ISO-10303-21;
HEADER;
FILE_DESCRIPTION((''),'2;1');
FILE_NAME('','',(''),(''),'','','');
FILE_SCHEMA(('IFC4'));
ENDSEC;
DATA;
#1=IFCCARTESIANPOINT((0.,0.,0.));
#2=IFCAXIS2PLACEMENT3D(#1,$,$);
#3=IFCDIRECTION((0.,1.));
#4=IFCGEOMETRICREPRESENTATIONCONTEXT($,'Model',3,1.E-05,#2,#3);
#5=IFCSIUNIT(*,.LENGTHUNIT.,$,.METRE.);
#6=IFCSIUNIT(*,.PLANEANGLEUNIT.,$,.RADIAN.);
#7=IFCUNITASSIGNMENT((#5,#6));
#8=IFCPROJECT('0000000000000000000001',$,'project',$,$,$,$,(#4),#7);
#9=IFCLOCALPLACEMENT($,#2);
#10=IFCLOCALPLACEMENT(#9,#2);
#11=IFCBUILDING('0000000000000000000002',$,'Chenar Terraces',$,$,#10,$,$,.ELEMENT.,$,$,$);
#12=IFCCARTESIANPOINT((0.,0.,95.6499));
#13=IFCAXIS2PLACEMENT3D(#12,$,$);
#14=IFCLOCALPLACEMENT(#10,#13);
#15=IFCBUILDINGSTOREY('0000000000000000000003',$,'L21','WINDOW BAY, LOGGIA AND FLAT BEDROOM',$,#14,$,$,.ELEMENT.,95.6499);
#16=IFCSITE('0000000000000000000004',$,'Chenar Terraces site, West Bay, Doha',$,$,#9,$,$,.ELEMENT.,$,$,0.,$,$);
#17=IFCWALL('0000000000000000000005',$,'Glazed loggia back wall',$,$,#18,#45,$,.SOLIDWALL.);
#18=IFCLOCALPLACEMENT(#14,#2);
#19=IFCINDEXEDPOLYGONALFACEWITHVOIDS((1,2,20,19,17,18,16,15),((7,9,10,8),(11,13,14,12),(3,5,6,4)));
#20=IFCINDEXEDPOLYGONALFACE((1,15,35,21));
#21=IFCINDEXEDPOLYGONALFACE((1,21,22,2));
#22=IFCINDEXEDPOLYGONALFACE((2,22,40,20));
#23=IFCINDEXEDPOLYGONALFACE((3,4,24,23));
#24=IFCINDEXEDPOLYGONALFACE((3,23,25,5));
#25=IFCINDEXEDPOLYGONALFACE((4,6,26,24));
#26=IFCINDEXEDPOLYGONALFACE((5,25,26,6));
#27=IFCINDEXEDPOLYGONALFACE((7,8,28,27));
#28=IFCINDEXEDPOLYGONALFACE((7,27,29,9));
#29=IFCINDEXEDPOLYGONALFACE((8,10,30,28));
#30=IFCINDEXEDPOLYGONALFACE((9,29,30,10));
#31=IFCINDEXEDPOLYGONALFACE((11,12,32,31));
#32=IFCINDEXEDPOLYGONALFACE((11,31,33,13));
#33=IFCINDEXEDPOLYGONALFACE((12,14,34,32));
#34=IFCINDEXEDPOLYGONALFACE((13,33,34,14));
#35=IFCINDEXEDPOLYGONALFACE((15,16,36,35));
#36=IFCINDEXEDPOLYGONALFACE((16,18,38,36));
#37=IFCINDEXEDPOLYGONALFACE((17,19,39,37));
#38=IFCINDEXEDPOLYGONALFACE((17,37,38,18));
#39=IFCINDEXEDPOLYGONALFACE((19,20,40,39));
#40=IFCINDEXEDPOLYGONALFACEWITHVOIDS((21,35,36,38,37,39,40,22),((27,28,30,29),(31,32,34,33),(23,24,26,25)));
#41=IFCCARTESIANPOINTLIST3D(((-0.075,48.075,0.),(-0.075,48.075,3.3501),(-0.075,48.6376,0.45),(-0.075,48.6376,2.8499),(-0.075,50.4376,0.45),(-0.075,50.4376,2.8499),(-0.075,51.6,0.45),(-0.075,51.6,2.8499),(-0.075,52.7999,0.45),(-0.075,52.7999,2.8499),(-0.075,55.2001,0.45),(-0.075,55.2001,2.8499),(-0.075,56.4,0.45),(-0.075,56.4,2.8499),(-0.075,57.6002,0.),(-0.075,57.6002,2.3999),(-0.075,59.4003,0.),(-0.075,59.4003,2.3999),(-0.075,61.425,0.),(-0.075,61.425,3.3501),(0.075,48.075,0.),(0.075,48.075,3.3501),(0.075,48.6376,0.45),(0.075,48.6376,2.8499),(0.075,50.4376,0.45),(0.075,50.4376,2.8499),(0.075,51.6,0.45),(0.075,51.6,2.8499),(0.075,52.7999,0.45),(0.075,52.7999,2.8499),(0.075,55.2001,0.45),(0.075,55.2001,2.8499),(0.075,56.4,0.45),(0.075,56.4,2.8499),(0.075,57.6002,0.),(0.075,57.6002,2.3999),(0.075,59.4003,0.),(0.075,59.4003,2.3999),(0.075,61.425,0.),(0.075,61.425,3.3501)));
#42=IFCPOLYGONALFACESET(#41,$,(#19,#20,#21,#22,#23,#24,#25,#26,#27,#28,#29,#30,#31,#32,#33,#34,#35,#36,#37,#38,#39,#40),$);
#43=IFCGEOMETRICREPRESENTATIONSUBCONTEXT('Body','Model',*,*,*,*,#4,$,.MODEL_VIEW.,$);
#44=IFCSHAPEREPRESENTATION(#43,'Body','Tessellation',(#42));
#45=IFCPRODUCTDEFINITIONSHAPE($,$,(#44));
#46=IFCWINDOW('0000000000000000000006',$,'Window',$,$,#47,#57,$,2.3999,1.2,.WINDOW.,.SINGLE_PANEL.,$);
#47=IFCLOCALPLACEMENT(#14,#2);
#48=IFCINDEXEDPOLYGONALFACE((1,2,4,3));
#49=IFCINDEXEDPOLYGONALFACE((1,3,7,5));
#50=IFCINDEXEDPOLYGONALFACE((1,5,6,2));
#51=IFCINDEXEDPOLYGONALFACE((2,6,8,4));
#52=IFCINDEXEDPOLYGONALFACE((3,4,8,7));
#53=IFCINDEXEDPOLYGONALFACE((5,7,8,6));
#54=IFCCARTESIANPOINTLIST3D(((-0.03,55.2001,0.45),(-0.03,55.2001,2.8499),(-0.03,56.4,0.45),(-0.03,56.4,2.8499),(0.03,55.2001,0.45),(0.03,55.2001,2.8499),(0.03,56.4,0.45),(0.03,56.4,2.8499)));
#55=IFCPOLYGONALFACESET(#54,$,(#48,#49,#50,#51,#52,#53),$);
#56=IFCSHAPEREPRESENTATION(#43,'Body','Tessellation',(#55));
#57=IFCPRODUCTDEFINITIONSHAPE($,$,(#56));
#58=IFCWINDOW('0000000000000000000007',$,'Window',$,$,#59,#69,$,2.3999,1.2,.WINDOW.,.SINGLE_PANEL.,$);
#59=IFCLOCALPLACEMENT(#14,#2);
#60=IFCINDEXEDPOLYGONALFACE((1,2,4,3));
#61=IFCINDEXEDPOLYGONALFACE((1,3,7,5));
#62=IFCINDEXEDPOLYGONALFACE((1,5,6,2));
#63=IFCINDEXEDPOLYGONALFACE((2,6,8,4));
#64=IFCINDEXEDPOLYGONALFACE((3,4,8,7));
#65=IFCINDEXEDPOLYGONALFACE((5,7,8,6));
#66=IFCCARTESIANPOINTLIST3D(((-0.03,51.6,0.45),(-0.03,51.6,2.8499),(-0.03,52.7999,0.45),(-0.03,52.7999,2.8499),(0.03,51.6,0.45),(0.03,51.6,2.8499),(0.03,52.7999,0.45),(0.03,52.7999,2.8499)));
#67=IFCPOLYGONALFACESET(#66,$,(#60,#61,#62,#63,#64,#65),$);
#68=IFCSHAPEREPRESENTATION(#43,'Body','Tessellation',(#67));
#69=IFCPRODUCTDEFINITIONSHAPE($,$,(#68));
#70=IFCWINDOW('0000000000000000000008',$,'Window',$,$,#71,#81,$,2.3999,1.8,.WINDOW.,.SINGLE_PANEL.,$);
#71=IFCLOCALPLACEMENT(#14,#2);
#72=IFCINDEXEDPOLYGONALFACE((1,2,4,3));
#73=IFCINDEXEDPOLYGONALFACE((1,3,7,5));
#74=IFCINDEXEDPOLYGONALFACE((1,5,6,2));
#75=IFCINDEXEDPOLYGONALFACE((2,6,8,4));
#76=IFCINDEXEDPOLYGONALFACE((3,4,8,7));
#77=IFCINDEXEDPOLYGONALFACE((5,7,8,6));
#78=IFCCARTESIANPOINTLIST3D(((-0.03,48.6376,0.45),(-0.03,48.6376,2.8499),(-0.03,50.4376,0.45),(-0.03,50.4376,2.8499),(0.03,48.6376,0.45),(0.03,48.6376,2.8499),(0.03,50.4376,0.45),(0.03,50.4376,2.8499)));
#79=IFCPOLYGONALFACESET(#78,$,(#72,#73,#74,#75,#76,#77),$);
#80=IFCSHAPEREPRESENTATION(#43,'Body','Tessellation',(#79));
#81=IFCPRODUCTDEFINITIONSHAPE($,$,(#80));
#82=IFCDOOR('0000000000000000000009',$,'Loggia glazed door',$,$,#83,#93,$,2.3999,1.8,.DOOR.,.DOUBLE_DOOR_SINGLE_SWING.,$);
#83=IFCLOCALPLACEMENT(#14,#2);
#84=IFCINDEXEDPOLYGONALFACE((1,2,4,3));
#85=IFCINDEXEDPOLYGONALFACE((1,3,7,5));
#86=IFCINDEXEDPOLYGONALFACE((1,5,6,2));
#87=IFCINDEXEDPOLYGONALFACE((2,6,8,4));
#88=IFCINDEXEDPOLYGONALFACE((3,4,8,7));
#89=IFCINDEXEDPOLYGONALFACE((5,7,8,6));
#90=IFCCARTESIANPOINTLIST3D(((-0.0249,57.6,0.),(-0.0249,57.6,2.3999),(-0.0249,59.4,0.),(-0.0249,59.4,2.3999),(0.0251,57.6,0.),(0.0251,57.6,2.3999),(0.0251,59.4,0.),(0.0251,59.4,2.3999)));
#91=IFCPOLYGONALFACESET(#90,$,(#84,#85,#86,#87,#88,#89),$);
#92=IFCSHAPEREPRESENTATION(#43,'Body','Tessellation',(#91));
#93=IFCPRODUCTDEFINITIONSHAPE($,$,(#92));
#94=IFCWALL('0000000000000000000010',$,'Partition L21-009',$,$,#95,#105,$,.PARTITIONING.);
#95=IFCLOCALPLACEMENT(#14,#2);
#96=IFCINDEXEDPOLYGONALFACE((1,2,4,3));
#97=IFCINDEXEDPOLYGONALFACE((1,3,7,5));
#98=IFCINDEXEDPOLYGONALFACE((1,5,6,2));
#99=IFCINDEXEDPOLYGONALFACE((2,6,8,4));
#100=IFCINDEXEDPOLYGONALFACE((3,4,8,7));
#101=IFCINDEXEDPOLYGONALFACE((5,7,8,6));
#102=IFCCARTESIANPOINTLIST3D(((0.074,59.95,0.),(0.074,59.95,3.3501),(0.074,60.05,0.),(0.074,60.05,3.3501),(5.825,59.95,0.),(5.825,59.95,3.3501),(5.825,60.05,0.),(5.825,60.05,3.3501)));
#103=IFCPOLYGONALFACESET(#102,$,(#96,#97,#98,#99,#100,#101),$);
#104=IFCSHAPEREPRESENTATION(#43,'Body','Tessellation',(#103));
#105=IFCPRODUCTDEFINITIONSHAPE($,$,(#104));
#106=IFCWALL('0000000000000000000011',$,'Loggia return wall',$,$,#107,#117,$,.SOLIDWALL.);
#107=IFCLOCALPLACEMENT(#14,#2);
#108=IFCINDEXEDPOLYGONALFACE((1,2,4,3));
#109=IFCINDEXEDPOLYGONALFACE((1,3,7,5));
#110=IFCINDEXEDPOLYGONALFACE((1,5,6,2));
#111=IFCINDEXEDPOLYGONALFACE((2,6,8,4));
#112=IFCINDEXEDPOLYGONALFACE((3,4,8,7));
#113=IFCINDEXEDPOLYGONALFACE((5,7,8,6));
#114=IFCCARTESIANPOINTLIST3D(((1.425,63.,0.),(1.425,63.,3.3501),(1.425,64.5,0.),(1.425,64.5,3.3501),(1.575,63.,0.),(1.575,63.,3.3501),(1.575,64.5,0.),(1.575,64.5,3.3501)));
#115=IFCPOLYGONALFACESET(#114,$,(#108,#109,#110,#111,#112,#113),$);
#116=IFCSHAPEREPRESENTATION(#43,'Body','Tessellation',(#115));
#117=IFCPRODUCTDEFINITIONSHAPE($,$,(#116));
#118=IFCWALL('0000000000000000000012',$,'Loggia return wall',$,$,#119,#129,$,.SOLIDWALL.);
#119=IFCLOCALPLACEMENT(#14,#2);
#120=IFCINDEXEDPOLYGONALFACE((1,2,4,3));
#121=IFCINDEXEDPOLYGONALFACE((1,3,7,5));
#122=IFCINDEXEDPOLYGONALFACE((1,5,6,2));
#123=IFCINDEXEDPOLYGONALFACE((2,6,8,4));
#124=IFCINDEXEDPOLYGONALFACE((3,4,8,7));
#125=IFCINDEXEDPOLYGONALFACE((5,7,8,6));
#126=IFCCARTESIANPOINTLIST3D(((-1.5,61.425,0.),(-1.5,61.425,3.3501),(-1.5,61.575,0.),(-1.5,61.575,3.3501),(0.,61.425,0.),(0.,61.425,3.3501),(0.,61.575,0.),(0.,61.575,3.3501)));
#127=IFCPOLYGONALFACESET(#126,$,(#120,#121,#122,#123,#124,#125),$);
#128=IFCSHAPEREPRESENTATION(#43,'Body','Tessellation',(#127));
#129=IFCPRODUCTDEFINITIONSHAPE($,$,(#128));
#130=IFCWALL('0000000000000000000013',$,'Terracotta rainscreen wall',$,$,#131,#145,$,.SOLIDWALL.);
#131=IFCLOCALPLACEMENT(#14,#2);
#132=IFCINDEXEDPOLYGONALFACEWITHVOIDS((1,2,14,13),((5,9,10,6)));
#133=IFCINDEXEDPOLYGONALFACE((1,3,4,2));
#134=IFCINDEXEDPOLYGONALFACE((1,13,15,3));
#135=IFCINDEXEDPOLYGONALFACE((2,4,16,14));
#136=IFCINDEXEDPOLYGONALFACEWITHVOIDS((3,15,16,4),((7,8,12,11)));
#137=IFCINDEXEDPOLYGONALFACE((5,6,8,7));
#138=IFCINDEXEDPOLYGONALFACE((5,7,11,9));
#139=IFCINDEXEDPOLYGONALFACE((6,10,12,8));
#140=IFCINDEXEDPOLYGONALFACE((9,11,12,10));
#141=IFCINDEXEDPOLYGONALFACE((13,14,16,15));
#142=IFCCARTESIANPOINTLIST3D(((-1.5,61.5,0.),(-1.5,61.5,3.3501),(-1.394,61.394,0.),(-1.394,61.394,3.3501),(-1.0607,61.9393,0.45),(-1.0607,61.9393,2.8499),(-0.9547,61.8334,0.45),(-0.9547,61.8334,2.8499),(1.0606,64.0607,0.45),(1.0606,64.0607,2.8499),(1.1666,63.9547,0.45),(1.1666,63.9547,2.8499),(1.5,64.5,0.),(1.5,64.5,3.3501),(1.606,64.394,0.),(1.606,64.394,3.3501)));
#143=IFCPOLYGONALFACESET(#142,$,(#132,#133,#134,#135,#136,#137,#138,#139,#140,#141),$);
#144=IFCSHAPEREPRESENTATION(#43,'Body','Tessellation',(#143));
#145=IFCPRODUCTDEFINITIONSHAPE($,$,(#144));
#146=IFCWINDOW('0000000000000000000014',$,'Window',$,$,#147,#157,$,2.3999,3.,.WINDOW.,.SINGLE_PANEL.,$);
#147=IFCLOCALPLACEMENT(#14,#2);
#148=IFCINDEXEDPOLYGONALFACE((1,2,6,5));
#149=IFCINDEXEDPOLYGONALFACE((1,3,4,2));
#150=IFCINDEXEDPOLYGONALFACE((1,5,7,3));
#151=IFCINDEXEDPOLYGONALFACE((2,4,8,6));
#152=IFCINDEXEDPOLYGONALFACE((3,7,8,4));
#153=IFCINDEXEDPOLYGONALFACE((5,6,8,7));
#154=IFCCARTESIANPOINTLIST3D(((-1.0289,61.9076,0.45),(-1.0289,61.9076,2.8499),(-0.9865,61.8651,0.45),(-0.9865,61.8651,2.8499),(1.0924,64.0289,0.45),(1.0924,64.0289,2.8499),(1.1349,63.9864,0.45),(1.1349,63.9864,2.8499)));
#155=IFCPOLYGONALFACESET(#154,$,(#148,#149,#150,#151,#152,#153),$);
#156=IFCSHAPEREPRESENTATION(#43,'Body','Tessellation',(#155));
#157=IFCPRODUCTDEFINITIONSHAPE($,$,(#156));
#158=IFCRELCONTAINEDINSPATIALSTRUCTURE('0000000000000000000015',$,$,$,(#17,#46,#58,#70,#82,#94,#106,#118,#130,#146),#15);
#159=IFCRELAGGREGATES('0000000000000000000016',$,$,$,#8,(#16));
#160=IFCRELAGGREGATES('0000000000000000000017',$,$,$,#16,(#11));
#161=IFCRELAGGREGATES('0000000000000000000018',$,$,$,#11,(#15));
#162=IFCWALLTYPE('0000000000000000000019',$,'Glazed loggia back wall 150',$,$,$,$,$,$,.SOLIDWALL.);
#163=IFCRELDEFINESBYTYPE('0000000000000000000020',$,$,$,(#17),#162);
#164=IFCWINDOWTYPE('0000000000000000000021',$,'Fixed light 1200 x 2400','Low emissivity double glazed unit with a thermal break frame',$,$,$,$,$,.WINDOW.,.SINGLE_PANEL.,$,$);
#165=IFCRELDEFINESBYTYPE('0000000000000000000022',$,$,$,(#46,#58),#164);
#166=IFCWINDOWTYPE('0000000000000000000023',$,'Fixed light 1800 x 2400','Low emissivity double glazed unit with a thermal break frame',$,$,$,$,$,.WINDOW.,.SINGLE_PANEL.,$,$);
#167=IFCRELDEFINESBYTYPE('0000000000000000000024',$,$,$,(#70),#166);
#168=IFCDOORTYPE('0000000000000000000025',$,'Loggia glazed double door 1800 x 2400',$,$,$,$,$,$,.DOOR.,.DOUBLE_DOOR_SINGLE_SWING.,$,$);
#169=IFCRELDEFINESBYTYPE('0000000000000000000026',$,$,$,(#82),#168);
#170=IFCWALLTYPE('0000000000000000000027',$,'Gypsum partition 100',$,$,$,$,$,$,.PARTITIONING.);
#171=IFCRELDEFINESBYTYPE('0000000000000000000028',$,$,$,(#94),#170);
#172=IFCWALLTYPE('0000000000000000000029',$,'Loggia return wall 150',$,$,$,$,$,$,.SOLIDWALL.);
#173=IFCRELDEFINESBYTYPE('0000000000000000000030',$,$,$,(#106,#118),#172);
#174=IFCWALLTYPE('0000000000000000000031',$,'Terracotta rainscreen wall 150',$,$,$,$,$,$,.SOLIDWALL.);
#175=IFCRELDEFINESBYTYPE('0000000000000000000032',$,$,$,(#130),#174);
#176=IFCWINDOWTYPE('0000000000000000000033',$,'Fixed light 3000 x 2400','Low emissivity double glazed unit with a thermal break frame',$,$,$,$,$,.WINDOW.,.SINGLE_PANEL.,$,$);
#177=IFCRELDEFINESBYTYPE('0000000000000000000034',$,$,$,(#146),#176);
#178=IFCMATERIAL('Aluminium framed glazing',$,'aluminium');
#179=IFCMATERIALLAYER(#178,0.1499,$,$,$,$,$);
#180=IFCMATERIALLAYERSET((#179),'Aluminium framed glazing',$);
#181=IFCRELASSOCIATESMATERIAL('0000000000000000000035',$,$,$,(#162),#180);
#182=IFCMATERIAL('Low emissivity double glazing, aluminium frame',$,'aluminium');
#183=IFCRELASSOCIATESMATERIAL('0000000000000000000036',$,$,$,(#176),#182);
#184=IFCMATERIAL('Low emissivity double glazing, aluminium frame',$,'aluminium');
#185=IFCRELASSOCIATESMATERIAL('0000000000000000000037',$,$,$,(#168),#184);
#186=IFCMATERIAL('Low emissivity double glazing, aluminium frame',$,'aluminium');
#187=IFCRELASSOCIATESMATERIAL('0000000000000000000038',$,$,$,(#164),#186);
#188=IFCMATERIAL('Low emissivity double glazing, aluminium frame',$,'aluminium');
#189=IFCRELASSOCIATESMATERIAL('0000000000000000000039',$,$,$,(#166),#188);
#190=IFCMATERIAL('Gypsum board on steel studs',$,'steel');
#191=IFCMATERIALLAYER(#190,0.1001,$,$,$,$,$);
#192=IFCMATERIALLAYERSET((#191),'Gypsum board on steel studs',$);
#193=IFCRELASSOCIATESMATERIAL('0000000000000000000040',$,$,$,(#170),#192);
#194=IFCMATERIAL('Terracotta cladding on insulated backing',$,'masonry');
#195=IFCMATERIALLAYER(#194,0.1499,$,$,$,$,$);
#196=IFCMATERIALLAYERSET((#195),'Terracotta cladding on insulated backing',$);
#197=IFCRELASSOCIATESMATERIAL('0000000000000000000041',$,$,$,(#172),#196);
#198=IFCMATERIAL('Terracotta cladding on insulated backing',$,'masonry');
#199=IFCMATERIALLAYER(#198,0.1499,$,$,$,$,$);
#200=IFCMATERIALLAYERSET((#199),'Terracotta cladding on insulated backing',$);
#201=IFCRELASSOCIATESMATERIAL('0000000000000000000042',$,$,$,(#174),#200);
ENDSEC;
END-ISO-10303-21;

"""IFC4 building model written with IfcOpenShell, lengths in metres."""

from ifc_helpers import new_model, si_unit, direction, frame, frame_2d, origin, place, context, subcontext, project, spatial, rectangle, extrude, material, layer, layer_set, type_object, element, fill, save


model = new_model("IFC4")

# Units and contexts
model_context = context("Model", 3, precision=1e-05, world=origin(), true_north=direction((0.0, 1.0)))
body_context = subcontext(model_context, "Body", "Model", "MODEL_VIEW")
ifc_project = project(units=[si_unit("LENGTHUNIT", "METRE"), si_unit("PLANEANGLEUNIT", "RADIAN")], contexts=[model_context])

# Site, building, storey
site_placement = place(None, origin())
site = spatial("IfcSite", under=ifc_project, at=site_placement, Name="Chenar Terraces site, West Bay, Doha", CompositionType="ELEMENT", RefElevation=0.0)
building_placement = place(site_placement, origin())
building = spatial("IfcBuilding", under=site, at=building_placement, Name="Chenar Terraces", CompositionType="ELEMENT")
storey_placement = place(building_placement, frame((0.0, 0.0, 95.6499)))
storey = spatial("IfcBuildingStorey", under=building, at=storey_placement, Name="L21", Description="WINDOW BAY, LOGGIA AND FLAT BEDROOM", CompositionType="ELEMENT", Elevation=95.6499)

# Shared definitions
ifc_material_1 = material(Name="Aluminium framed glazing", Category="aluminium")
ifc_layer_1 = layer(ifc_material_1, 0.1499)
ifc_layer_set_1 = layer_set([ifc_layer_1], Name="Aluminium framed glazing")
wall_type_1 = type_object("IfcWallType", Name="Glazed loggia back wall 150", PredefinedType="SOLIDWALL", material=ifc_layer_set_1)
ifc_material_2 = material(Name="Low emissivity double glazing, aluminium frame", Category="aluminium")
window_type_1 = type_object("IfcWindowType", Name="Fixed light 3000 x 2400", Description="Low emissivity double glazed unit with a thermal break frame", PartitioningType="SINGLE_PANEL", PredefinedType="WINDOW", material=ifc_material_2)
ifc_material_3 = material(Name="Low emissivity double glazing, aluminium frame", Category="aluminium")
door_type = type_object("IfcDoorType", Name="Loggia glazed double door 1800 x 2400", OperationType="DOUBLE_DOOR_SINGLE_SWING", PredefinedType="DOOR", material=ifc_material_3)

# Wall, openings, windows, door
wall_1_placement = place(storey_placement, frame((0.0, 61.425, 0.0), z_axis=(0.0, 0.0, 1.0), x_axis=(0.0, -1.0, 0.0)))
wall_1 = element("IfcWall", 1, at=wall_1_placement, inside=storey, type_object=wall_type_1, Name="Glazed loggia back wall", PredefinedType="SOLIDWALL", context=body_context, shape_type="SweptSolid", body=[
    extrude(rectangle(XDim=13.3501, YDim=0.1499, at=frame_2d((6.675, 0.0))), origin(), (0.0, 0.0, 1.0), 3.3501),
])
opening_1_placement = place(wall_1_placement, frame((2.0249, 0.0, 0.0)))
opening_1 = element("IfcOpeningElement", 2, at=opening_1_placement, cuts=wall_1, PredefinedType="OPENING", context=body_context, shape_type="SweptSolid", body=[
    extrude(rectangle(XDim=1.8, YDim=2.3999, at=frame_2d((0.8999, 1.2))), frame((0.0, 0.085, 0.0), z_axis=(0.0, -1.0, 0.0), x_axis=(1.0, 0.0, 0.0)), (0.0, 0.0, 1.0), 0.1699),
])
opening_2_placement = place(wall_1_placement, frame((5.0249, 0.0, 0.45)))
opening_2 = element("IfcOpeningElement", 3, at=opening_2_placement, cuts=wall_1, PredefinedType="OPENING", context=body_context, shape_type="SweptSolid", body=[
    extrude(rectangle(XDim=1.2, YDim=2.3999, at=frame_2d((0.6001, 1.2))), frame((0.0, 0.085, 0.0), z_axis=(0.0, -1.0, 0.0), x_axis=(1.0, 0.0, 0.0)), (0.0, 0.0, 1.0), 0.1699),
])
opening_3_placement = place(wall_1_placement, frame((8.625, 0.0, 0.45)))
opening_3 = element("IfcOpeningElement", 4, at=opening_3_placement, cuts=wall_1, PredefinedType="OPENING", context=body_context, shape_type="SweptSolid", body=[
    extrude(rectangle(XDim=1.2, YDim=2.3999, at=frame_2d((0.6001, 1.2))), frame((0.0, 0.085, 0.0), z_axis=(0.0, -1.0, 0.0), x_axis=(1.0, 0.0, 0.0)), (0.0, 0.0, 1.0), 0.1699),
])
opening_4_placement = place(wall_1_placement, frame((10.9875, 0.0, 0.45)))
opening_4 = element("IfcOpeningElement", 5, at=opening_4_placement, cuts=wall_1, PredefinedType="OPENING", context=body_context, shape_type="SweptSolid", body=[
    extrude(rectangle(XDim=1.8, YDim=2.3999, at=frame_2d((0.8999, 1.2))), frame((0.0, 0.085, 0.0), z_axis=(0.0, -1.0, 0.0), x_axis=(1.0, 0.0, 0.0)), (0.0, 0.0, 1.0), 0.1699),
])
ifc_material_4 = material(Name="Low emissivity double glazing, aluminium frame", Category="aluminium")
window_type_2 = type_object("IfcWindowType", Name="Fixed light 1200 x 2400", Description="Low emissivity double glazed unit with a thermal break frame", PartitioningType="SINGLE_PANEL", PredefinedType="WINDOW", material=ifc_material_4)
window_1_placement = place(opening_2_placement, origin())
window_1 = element("IfcWindow", 6, at=window_1_placement, inside=storey, type_object=window_type_2, Name="Window", OverallHeight=2.3999, OverallWidth=1.2, PartitioningType="SINGLE_PANEL", PredefinedType="WINDOW", context=body_context, shape_type="SweptSolid", body=[
    extrude(rectangle(XDim=1.2, YDim=2.3999, at=frame_2d((0.6001, 1.2))), frame((0.0, 0.03, 0.0), z_axis=(0.0, -1.0, 0.0), x_axis=(1.0, 0.0, 0.0)), (0.0, 0.0, 1.0), 0.0601),
])
fill(opening_2, window_1)
window_2_placement = place(opening_3_placement, origin())
window_2 = element("IfcWindow", 7, at=window_2_placement, inside=storey, type_object=window_type_2, Name="Window", OverallHeight=2.3999, OverallWidth=1.2, PartitioningType="SINGLE_PANEL", PredefinedType="WINDOW", context=body_context, shape_type="SweptSolid", body=[
    extrude(rectangle(XDim=1.2, YDim=2.3999, at=frame_2d((0.6001, 1.2))), frame((0.0, 0.03, 0.0), z_axis=(0.0, -1.0, 0.0), x_axis=(1.0, 0.0, 0.0)), (0.0, 0.0, 1.0), 0.0601),
])
fill(opening_3, window_2)
ifc_material_5 = material(Name="Low emissivity double glazing, aluminium frame", Category="aluminium")
window_type_3 = type_object("IfcWindowType", Name="Fixed light 1800 x 2400", Description="Low emissivity double glazed unit with a thermal break frame", PartitioningType="SINGLE_PANEL", PredefinedType="WINDOW", material=ifc_material_5)
window_3_placement = place(opening_4_placement, origin())
window_3 = element("IfcWindow", 8, at=window_3_placement, inside=storey, type_object=window_type_3, Name="Window", OverallHeight=2.3999, OverallWidth=1.8, PartitioningType="SINGLE_PANEL", PredefinedType="WINDOW", context=body_context, shape_type="SweptSolid", body=[
    extrude(rectangle(XDim=1.8, YDim=2.3999, at=frame_2d((0.8999, 1.2))), frame((0.0, 0.03, 0.0), z_axis=(0.0, -1.0, 0.0), x_axis=(1.0, 0.0, 0.0)), (0.0, 0.0, 1.0), 0.0601),
])
fill(opening_4, window_3)
door_1_placement = place(opening_1_placement, frame((1.8, 0.0, 0.0), z_axis=(0.0, 0.0, 1.0), x_axis=(-1.0, 0.0, 0.0)))
door_1 = element("IfcDoor", 9, at=door_1_placement, inside=storey, type_object=door_type, Name="Loggia glazed door", OperationType="DOUBLE_DOOR_SINGLE_SWING", OverallHeight=2.3999, OverallWidth=1.8, PredefinedType="DOOR", context=body_context, shape_type="SweptSolid", body=[
    extrude(rectangle(XDim=1.8, YDim=2.3999, at=frame_2d((0.8999, 1.2))), frame((0.0, 0.0249, 0.0), z_axis=(0.0, -1.0, 0.0), x_axis=(1.0, 0.0, 0.0)), (0.0, 0.0, 1.0), 0.05),
])
fill(opening_1, door_1)

# Walls
ifc_material_6 = material(Name="Gypsum board on steel studs", Category="steel")
ifc_layer_2 = layer(ifc_material_6, 0.1001)
ifc_layer_set_2 = layer_set([ifc_layer_2], Name="Gypsum board on steel studs")
wall_type_2 = type_object("IfcWallType", Name="Gypsum partition 100", PredefinedType="PARTITIONING", material=ifc_layer_set_2)
wall_2_placement = place(storey_placement, frame((0.074, 60.0, 0.0), z_axis=(0.0, 0.0, 1.0), x_axis=(1.0, 0.0, 0.0)))
element("IfcWall", 10, at=wall_2_placement, inside=storey, type_object=wall_type_2, Name="Partition L21-009", PredefinedType="PARTITIONING", context=body_context, shape_type="SweptSolid", body=[
    extrude(rectangle(XDim=5.751, YDim=0.1001, at=frame_2d((2.8755, 0.0))), origin(), (0.0, 0.0, 1.0), 3.3501),
])
ifc_material_7 = material(Name="Terracotta cladding on insulated backing", Category="masonry")
ifc_layer_3 = layer(ifc_material_7, 0.1499)
ifc_layer_set_3 = layer_set([ifc_layer_3], Name="Terracotta cladding on insulated backing")
wall_type_3 = type_object("IfcWallType", Name="Loggia return wall 150", PredefinedType="SOLIDWALL", material=ifc_layer_set_3)
for number, where, z_axis, x_axis, name in (
    (11, (1.5, 64.5, 0.0), (0.0, 0.0, 1.0), (0.0, -1.0, 0.0), "Loggia return wall"),
    (12, (-1.5, 61.5, 0.0), (0.0, 0.0, 1.0), (1.0, 0.0, 0.0), "Loggia return wall"),
):
    element("IfcWall", number, at=place(storey_placement, frame(where, z_axis=z_axis, x_axis=x_axis)), inside=storey, type_object=wall_type_3, Name=name, PredefinedType="SOLIDWALL", context=body_context, shape_type="SweptSolid", body=[
        extrude(rectangle(XDim=1.5, YDim=0.1499, at=frame_2d((0.75, 0.0))), origin(), (0.0, 0.0, 1.0), 3.3501),
    ])

# Wall, opening, window
ifc_material_8 = material(Name="Terracotta cladding on insulated backing", Category="masonry")
ifc_layer_4 = layer(ifc_material_8, 0.1499)
ifc_layer_set_4 = layer_set([ifc_layer_4], Name="Terracotta cladding on insulated backing")
wall_type_4 = type_object("IfcWallType", Name="Terracotta rainscreen wall 150", PredefinedType="SOLIDWALL", material=ifc_layer_set_4)
wall_3_placement = place(storey_placement, frame((1.553, 64.447, 0.0), z_axis=(0.0, 0.0, 1.0), x_axis=(-0.707107, -0.707107, 0.0)))
wall_3 = element("IfcWall", 13, at=wall_3_placement, inside=storey, type_object=wall_type_4, Name="Terracotta rainscreen wall", PredefinedType="SOLIDWALL", context=body_context, shape_type="SweptSolid", body=[
    extrude(rectangle(XDim=4.2427, YDim=0.1499, at=frame_2d((2.1213, 0.0))), origin(), (0.0, 0.0, 1.0), 3.3501),
])
opening_5_placement = place(wall_3_placement, frame((0.6213, 0.0, 0.45)))
opening_5 = element("IfcOpeningElement", 14, at=opening_5_placement, cuts=wall_3, PredefinedType="OPENING", context=body_context, shape_type="SweptSolid", body=[
    extrude(rectangle(XDim=3.0, YDim=2.3999, at=frame_2d((1.5, 1.2))), frame((0.0, 0.085, 0.0), z_axis=(0.0, -1.0, 0.0), x_axis=(1.0, 0.0, 0.0)), (0.0, 0.0, 1.0), 0.1699),
])
window_4_placement = place(opening_5_placement, origin())
window_4 = element("IfcWindow", 15, at=window_4_placement, inside=storey, type_object=window_type_1, Name="Window", OverallHeight=2.3999, OverallWidth=3.0, PartitioningType="SINGLE_PANEL", PredefinedType="WINDOW", context=body_context, shape_type="SweptSolid", body=[
    extrude(rectangle(XDim=3.0, YDim=2.3999, at=frame_2d((1.5, 1.2))), frame((0.0, 0.03, 0.0), z_axis=(0.0, -1.0, 0.0), x_axis=(1.0, 0.0, 0.0)), (0.0, 0.0, 1.0), 0.0601),
])
fill(opening_5, window_4)

save(model, "model.ifc")
